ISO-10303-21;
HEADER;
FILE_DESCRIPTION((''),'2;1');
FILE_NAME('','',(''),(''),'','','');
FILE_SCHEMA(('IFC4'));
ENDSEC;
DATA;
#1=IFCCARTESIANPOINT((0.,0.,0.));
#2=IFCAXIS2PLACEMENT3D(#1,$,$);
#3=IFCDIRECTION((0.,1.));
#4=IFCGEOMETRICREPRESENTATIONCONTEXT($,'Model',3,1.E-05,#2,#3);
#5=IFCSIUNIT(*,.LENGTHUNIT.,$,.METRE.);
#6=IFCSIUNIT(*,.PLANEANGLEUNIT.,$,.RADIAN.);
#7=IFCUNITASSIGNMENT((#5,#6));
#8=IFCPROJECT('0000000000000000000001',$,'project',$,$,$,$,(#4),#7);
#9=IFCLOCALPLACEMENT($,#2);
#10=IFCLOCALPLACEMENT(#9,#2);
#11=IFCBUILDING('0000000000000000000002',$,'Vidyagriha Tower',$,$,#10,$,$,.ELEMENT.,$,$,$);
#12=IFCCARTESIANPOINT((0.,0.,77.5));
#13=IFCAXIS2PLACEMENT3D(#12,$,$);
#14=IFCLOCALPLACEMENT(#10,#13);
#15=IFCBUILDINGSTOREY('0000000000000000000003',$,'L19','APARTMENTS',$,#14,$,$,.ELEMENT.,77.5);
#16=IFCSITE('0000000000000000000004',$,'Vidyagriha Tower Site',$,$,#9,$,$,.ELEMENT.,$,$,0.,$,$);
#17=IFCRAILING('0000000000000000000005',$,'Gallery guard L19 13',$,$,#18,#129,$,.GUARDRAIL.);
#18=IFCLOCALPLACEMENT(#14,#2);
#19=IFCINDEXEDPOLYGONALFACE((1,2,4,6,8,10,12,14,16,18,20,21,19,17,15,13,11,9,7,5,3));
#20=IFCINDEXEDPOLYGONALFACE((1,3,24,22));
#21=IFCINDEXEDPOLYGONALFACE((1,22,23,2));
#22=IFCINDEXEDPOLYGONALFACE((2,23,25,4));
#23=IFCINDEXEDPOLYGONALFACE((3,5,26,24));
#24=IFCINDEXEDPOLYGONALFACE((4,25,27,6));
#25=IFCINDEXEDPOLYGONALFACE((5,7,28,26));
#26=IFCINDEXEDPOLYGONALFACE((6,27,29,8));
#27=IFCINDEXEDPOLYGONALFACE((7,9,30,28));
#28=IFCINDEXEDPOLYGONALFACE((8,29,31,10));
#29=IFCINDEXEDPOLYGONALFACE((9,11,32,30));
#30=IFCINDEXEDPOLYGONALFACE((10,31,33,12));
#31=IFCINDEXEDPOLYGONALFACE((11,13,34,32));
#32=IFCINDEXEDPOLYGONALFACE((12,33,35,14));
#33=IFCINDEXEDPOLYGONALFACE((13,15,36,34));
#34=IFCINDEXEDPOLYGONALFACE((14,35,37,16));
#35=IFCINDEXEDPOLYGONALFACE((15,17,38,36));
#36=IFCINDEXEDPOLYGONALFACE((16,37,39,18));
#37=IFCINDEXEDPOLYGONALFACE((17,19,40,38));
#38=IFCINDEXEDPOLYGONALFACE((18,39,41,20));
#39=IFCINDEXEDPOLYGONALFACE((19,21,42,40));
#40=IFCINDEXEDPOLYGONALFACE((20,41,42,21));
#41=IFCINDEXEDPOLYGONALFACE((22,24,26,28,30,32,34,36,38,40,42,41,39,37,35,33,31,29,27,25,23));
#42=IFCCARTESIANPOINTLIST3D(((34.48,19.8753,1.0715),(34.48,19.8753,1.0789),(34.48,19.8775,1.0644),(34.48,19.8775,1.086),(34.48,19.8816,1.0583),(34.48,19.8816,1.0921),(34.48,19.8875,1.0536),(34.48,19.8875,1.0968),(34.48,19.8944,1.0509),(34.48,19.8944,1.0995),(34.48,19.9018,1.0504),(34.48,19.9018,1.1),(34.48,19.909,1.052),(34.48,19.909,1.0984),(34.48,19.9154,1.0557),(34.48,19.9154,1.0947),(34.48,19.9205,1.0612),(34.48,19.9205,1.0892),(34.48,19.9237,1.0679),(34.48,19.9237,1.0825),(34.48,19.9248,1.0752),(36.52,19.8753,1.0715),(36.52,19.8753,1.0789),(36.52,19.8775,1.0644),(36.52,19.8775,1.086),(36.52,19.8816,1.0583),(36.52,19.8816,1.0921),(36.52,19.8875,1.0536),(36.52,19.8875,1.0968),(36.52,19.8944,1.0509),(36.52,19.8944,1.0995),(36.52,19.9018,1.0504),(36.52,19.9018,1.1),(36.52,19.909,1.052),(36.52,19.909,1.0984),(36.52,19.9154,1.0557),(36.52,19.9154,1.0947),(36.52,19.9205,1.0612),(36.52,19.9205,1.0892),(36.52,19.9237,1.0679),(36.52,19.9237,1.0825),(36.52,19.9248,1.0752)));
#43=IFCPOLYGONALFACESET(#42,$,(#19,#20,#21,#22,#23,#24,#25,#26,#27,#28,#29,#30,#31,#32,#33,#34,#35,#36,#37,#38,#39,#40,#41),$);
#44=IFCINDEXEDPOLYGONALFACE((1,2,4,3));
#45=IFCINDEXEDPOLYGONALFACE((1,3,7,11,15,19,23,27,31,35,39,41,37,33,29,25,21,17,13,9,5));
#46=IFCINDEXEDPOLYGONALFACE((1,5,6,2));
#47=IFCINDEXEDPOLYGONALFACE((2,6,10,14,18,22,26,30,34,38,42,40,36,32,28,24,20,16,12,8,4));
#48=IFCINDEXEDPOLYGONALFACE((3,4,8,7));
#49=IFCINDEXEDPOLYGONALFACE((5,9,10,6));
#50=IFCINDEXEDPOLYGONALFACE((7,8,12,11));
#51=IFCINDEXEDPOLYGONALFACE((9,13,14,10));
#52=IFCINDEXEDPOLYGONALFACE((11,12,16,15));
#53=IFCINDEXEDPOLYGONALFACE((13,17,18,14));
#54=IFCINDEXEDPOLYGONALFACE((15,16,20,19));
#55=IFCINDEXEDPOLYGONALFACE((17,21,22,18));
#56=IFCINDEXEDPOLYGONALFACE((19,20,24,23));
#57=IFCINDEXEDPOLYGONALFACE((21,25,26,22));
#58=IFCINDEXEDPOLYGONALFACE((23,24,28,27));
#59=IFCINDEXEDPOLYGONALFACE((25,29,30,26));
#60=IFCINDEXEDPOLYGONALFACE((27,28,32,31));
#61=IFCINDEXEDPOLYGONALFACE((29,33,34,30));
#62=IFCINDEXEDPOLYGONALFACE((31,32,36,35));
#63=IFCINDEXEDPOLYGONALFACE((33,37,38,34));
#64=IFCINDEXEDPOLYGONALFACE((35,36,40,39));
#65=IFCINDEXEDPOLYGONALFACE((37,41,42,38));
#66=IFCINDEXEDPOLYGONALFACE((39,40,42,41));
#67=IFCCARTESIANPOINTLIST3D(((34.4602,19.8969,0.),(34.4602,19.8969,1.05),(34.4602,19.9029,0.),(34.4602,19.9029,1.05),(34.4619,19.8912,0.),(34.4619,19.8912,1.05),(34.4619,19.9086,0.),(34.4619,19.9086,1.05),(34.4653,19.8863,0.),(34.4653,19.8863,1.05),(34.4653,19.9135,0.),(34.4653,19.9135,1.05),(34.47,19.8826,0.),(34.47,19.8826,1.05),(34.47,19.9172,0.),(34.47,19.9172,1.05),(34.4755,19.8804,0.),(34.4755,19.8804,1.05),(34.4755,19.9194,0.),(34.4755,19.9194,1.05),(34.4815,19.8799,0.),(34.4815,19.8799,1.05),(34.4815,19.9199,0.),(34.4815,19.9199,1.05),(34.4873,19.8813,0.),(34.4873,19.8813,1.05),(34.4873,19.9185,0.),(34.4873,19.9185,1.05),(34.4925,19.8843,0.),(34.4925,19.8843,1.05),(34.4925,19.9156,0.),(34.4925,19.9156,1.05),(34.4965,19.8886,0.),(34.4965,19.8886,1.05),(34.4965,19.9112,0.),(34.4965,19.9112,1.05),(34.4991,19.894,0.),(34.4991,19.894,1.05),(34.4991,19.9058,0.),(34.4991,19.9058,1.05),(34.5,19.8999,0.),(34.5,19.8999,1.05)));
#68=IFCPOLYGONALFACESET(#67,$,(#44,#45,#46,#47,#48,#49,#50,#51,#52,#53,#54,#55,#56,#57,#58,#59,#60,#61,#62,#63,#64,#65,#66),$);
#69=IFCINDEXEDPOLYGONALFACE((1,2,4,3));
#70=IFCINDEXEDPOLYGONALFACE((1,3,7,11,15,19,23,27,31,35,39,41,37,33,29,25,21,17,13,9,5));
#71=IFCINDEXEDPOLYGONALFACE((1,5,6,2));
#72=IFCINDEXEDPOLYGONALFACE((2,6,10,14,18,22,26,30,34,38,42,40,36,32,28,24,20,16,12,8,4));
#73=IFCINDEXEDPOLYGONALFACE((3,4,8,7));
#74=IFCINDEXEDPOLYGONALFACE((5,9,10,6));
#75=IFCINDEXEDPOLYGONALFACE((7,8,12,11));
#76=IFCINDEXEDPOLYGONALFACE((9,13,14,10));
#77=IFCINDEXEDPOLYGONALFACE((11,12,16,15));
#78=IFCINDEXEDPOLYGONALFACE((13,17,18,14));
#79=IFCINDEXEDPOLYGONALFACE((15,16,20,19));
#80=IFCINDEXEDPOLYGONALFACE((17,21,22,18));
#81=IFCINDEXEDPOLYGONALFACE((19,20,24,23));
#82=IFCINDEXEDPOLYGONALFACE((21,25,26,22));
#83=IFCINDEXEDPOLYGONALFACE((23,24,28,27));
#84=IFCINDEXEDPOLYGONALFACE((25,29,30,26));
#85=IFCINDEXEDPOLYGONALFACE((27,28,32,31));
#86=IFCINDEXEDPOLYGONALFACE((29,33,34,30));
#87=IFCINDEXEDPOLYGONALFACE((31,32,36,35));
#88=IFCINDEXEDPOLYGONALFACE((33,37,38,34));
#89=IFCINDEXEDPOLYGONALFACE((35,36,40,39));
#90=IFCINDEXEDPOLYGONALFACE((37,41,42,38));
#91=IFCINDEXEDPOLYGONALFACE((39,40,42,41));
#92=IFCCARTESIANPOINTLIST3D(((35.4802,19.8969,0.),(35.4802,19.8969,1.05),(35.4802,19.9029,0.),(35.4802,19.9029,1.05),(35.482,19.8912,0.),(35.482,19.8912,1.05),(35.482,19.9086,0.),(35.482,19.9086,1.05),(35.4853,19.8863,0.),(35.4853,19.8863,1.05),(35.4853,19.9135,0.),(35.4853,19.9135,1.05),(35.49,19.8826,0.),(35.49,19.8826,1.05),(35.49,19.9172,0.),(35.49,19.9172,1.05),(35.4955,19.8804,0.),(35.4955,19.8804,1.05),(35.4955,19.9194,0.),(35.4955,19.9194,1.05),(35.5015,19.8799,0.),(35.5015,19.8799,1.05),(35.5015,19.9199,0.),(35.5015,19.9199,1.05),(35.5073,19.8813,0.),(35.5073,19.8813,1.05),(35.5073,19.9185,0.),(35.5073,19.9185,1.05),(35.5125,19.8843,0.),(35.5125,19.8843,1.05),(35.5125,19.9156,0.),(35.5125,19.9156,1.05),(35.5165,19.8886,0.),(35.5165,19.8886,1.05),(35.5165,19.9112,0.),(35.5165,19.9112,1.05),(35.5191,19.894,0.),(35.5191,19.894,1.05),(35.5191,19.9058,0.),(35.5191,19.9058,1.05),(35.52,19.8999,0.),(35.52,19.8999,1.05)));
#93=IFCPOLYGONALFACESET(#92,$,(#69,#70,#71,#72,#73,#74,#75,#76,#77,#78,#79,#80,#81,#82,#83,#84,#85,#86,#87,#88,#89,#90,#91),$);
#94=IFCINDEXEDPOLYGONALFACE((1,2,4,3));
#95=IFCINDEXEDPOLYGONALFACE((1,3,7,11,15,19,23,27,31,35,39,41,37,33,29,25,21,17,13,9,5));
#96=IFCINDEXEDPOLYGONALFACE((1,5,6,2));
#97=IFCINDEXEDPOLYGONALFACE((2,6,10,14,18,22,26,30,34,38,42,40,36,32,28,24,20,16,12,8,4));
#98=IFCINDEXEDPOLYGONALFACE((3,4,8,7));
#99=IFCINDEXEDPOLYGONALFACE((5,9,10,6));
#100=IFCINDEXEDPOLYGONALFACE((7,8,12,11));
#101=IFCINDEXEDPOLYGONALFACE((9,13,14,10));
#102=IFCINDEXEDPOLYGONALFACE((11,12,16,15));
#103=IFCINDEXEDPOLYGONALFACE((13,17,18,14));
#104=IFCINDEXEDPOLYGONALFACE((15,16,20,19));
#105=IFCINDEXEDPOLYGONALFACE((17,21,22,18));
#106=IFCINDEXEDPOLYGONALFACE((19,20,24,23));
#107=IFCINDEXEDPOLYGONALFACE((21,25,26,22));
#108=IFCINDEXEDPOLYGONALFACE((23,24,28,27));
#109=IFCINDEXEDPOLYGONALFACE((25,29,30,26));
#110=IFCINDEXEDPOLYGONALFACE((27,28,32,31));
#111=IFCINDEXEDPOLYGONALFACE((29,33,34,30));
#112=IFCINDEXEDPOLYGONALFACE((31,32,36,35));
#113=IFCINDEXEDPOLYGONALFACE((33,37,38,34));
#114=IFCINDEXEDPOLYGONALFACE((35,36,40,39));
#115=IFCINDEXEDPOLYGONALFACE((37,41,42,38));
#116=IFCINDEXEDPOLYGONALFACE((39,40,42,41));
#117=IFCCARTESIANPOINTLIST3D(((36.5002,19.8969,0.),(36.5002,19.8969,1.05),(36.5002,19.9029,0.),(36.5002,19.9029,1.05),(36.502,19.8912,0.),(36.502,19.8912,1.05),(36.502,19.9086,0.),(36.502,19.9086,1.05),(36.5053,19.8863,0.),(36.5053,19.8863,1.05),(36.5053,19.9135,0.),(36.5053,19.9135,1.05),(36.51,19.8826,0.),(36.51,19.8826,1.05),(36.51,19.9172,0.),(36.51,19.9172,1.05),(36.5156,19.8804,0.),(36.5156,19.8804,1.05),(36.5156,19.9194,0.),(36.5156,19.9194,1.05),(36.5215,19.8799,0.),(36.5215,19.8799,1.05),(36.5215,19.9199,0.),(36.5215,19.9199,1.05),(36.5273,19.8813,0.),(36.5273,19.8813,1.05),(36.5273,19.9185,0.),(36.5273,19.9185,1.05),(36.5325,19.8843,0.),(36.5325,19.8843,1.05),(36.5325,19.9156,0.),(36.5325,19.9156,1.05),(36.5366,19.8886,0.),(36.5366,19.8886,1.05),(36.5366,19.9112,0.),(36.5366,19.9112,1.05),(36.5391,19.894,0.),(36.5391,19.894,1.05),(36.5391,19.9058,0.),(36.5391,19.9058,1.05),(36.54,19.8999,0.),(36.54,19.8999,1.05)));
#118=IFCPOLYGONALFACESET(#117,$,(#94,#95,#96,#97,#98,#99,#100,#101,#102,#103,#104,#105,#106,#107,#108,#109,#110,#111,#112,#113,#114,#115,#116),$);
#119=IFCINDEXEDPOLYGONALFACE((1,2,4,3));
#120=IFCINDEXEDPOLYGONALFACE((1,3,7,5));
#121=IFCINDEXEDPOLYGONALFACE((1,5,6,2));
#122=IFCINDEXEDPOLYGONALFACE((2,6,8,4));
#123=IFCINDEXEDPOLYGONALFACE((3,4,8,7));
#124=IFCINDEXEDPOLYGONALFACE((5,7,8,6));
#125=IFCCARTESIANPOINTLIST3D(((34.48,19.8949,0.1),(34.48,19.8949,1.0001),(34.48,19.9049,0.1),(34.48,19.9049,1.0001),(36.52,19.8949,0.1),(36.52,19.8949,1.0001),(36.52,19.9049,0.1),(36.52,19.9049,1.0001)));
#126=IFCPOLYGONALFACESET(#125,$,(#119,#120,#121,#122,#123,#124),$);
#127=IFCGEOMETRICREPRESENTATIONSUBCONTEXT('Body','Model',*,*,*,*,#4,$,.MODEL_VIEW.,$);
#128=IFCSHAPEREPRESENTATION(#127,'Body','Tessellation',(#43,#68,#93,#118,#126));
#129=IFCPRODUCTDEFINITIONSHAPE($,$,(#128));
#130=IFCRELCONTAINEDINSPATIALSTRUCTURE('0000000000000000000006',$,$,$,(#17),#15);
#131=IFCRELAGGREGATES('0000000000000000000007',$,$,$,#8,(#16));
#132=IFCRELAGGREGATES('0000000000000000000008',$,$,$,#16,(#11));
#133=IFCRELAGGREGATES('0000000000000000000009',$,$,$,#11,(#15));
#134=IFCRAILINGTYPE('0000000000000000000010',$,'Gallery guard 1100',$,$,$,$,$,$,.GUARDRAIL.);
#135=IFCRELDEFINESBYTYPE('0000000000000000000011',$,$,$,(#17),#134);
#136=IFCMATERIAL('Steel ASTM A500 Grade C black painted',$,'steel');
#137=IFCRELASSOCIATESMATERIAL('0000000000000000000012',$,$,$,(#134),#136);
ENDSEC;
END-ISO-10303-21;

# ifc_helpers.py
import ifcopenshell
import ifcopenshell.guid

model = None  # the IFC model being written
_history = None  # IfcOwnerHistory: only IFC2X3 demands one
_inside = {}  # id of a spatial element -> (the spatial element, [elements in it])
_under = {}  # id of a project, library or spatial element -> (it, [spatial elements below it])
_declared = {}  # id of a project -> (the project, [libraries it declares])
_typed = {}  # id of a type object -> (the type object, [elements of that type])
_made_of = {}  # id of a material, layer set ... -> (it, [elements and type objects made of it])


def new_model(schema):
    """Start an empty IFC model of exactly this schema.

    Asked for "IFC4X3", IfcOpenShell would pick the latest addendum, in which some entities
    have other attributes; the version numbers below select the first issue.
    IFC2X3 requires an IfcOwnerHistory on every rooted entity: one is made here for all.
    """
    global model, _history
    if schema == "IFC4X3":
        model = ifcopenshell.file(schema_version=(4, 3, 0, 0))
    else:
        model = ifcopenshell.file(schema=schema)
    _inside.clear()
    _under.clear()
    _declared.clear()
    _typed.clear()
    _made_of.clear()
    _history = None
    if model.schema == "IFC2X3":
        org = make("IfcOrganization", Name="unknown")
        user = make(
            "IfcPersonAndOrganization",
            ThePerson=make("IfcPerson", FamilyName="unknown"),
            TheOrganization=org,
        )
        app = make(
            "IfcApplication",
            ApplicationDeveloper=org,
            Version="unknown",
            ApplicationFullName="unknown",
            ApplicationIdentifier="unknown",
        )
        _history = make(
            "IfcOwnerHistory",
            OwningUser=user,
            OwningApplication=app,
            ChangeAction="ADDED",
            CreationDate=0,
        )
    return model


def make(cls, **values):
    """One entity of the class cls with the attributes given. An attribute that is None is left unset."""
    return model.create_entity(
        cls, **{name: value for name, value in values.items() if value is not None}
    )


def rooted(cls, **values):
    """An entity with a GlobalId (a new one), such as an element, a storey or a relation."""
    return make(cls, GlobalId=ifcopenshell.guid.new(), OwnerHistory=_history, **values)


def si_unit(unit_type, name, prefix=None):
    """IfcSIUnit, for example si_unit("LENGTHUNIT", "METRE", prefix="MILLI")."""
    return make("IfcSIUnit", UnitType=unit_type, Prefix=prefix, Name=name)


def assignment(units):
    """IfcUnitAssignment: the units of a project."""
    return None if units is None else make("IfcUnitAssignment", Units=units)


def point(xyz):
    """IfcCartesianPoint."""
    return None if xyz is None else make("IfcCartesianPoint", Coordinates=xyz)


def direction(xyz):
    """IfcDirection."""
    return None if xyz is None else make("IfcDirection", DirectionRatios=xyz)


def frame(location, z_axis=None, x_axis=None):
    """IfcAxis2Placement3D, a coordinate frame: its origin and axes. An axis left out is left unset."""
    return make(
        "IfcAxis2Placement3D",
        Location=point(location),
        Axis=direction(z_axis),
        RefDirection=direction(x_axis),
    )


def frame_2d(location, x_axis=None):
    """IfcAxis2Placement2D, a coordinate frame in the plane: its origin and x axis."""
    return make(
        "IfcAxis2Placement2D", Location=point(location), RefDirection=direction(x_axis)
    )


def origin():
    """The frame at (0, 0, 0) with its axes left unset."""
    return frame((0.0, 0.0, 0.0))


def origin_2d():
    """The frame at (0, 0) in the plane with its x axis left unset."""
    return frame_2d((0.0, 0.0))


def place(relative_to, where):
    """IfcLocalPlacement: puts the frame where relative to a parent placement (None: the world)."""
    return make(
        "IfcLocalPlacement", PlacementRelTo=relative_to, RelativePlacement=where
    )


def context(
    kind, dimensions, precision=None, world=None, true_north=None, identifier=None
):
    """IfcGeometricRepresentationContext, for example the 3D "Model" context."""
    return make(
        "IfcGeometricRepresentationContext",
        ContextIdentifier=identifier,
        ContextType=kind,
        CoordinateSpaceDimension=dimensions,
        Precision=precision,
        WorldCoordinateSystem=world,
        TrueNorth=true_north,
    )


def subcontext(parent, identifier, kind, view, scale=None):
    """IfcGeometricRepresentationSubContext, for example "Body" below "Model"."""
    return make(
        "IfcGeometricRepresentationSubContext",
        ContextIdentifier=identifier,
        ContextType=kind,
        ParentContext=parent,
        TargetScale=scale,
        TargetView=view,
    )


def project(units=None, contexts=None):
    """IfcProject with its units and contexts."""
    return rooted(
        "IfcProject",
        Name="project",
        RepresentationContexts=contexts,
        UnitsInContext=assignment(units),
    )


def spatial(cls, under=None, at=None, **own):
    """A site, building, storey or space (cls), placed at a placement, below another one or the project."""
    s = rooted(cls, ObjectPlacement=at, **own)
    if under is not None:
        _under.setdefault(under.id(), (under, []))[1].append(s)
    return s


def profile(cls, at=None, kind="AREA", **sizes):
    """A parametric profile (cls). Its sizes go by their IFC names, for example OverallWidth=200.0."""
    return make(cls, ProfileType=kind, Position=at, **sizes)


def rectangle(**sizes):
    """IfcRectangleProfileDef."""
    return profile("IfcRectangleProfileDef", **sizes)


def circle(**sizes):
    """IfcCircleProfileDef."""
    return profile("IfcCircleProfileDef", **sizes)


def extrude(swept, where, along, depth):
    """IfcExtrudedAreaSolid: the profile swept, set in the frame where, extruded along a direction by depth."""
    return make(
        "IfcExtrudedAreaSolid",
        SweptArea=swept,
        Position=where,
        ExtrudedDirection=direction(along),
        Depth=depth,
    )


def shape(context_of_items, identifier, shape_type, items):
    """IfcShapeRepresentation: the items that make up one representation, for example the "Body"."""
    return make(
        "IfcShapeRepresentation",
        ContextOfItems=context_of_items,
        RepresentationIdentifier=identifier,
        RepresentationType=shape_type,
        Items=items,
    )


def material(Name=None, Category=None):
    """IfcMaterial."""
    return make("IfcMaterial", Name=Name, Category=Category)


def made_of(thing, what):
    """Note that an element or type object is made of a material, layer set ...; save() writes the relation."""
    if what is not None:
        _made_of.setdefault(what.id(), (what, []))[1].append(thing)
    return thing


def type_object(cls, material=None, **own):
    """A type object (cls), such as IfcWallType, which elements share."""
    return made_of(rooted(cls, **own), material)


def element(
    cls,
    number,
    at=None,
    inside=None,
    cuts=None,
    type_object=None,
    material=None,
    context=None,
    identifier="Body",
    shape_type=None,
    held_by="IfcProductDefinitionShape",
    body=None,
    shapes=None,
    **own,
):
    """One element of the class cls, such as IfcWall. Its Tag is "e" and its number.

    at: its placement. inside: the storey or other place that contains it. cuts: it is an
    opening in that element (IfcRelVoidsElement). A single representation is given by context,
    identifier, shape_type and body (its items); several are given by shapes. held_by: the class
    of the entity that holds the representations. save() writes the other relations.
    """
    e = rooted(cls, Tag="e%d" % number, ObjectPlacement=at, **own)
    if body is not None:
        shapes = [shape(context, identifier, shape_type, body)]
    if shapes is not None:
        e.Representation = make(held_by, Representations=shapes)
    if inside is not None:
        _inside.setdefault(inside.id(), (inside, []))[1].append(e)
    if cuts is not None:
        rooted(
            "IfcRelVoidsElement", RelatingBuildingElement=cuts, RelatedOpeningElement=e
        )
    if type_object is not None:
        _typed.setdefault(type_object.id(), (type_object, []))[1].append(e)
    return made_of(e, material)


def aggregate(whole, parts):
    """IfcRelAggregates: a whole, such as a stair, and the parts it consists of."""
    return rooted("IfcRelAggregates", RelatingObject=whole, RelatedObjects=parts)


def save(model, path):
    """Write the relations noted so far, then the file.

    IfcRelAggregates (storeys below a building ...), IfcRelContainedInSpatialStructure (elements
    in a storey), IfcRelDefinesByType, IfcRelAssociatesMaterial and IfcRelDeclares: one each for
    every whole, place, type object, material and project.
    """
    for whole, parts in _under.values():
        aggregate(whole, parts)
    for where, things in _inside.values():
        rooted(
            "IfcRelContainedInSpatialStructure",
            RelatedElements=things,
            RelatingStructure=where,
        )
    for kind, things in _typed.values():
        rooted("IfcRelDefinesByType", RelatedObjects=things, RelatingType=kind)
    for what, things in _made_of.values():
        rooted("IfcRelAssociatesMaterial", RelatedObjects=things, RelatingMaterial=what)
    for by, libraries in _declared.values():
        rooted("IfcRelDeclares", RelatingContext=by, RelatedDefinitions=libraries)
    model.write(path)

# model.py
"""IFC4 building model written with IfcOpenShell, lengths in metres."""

from ifc_helpers import new_model, si_unit, direction, frame, origin, origin_2d, place, context, subcontext, project, spatial, rectangle, circle, extrude, material, type_object, element, save


model = new_model("IFC4")

# Units and contexts
model_context = context("Model", 3, precision=1e-05, world=origin(), true_north=direction((0.0, 1.0)))
body_context = subcontext(model_context, "Body", "Model", "MODEL_VIEW")
ifc_project = project(units=[si_unit("LENGTHUNIT", "METRE"), si_unit("PLANEANGLEUNIT", "RADIAN")], contexts=[model_context])

# Site, building, storey
site_placement = place(None, origin())
site = spatial("IfcSite", under=ifc_project, at=site_placement, Name="Vidyagriha Tower Site", CompositionType="ELEMENT", RefElevation=0.0)
building_placement = place(site_placement, origin())
building = spatial("IfcBuilding", under=site, at=building_placement, Name="Vidyagriha Tower", CompositionType="ELEMENT")
storey_placement = place(building_placement, frame((0.0, 0.0, 77.5)))
storey = spatial("IfcBuildingStorey", under=building, at=storey_placement, Name="L19", Description="APARTMENTS", CompositionType="ELEMENT", Elevation=77.5)

# Railing
ifc_material_1 = material(Name="Steel ASTM A500 Grade C black painted", Category="steel")
railing_type = type_object("IfcRailingType", Name="Gallery guard 1100", PredefinedType="GUARDRAIL", material=ifc_material_1)
railing_1_placement = place(storey_placement, frame((34.48, 19.8999, 0.0)))
element("IfcRailing", 1, at=railing_1_placement, inside=storey, type_object=railing_type, Name="Gallery guard L19 13", PredefinedType="GUARDRAIL", context=body_context, shape_type="SweptSolid", body=[
    extrude(circle(Radius=0.0249, at=origin_2d()), frame((0.0, 0.0, 1.0752), z_axis=(1.0, 0.0, 0.0), x_axis=(0.0, 1.0, 0.0)), (0.0, 0.0, 1.0), 2.04),
    extrude(circle(Radius=0.02, at=origin_2d()), origin(), (0.0, 0.0, 1.0), 1.05),
    extrude(circle(Radius=0.02, at=origin_2d()), frame((1.02, 0.0, 0.0)), (0.0, 0.0, 1.0), 1.05),
    extrude(circle(Radius=0.02, at=origin_2d()), frame((2.04, 0.0, 0.0)), (0.0, 0.0, 1.0), 1.05),
    extrude(rectangle(XDim=0.01, YDim=0.9001, at=origin_2d()), frame((0.0, 0.0, 0.55), z_axis=(1.0, 0.0, 0.0), x_axis=(0.0, 1.0, 0.0)), (0.0, 0.0, 1.0), 2.04),
])

save(model, "model.ifc")
